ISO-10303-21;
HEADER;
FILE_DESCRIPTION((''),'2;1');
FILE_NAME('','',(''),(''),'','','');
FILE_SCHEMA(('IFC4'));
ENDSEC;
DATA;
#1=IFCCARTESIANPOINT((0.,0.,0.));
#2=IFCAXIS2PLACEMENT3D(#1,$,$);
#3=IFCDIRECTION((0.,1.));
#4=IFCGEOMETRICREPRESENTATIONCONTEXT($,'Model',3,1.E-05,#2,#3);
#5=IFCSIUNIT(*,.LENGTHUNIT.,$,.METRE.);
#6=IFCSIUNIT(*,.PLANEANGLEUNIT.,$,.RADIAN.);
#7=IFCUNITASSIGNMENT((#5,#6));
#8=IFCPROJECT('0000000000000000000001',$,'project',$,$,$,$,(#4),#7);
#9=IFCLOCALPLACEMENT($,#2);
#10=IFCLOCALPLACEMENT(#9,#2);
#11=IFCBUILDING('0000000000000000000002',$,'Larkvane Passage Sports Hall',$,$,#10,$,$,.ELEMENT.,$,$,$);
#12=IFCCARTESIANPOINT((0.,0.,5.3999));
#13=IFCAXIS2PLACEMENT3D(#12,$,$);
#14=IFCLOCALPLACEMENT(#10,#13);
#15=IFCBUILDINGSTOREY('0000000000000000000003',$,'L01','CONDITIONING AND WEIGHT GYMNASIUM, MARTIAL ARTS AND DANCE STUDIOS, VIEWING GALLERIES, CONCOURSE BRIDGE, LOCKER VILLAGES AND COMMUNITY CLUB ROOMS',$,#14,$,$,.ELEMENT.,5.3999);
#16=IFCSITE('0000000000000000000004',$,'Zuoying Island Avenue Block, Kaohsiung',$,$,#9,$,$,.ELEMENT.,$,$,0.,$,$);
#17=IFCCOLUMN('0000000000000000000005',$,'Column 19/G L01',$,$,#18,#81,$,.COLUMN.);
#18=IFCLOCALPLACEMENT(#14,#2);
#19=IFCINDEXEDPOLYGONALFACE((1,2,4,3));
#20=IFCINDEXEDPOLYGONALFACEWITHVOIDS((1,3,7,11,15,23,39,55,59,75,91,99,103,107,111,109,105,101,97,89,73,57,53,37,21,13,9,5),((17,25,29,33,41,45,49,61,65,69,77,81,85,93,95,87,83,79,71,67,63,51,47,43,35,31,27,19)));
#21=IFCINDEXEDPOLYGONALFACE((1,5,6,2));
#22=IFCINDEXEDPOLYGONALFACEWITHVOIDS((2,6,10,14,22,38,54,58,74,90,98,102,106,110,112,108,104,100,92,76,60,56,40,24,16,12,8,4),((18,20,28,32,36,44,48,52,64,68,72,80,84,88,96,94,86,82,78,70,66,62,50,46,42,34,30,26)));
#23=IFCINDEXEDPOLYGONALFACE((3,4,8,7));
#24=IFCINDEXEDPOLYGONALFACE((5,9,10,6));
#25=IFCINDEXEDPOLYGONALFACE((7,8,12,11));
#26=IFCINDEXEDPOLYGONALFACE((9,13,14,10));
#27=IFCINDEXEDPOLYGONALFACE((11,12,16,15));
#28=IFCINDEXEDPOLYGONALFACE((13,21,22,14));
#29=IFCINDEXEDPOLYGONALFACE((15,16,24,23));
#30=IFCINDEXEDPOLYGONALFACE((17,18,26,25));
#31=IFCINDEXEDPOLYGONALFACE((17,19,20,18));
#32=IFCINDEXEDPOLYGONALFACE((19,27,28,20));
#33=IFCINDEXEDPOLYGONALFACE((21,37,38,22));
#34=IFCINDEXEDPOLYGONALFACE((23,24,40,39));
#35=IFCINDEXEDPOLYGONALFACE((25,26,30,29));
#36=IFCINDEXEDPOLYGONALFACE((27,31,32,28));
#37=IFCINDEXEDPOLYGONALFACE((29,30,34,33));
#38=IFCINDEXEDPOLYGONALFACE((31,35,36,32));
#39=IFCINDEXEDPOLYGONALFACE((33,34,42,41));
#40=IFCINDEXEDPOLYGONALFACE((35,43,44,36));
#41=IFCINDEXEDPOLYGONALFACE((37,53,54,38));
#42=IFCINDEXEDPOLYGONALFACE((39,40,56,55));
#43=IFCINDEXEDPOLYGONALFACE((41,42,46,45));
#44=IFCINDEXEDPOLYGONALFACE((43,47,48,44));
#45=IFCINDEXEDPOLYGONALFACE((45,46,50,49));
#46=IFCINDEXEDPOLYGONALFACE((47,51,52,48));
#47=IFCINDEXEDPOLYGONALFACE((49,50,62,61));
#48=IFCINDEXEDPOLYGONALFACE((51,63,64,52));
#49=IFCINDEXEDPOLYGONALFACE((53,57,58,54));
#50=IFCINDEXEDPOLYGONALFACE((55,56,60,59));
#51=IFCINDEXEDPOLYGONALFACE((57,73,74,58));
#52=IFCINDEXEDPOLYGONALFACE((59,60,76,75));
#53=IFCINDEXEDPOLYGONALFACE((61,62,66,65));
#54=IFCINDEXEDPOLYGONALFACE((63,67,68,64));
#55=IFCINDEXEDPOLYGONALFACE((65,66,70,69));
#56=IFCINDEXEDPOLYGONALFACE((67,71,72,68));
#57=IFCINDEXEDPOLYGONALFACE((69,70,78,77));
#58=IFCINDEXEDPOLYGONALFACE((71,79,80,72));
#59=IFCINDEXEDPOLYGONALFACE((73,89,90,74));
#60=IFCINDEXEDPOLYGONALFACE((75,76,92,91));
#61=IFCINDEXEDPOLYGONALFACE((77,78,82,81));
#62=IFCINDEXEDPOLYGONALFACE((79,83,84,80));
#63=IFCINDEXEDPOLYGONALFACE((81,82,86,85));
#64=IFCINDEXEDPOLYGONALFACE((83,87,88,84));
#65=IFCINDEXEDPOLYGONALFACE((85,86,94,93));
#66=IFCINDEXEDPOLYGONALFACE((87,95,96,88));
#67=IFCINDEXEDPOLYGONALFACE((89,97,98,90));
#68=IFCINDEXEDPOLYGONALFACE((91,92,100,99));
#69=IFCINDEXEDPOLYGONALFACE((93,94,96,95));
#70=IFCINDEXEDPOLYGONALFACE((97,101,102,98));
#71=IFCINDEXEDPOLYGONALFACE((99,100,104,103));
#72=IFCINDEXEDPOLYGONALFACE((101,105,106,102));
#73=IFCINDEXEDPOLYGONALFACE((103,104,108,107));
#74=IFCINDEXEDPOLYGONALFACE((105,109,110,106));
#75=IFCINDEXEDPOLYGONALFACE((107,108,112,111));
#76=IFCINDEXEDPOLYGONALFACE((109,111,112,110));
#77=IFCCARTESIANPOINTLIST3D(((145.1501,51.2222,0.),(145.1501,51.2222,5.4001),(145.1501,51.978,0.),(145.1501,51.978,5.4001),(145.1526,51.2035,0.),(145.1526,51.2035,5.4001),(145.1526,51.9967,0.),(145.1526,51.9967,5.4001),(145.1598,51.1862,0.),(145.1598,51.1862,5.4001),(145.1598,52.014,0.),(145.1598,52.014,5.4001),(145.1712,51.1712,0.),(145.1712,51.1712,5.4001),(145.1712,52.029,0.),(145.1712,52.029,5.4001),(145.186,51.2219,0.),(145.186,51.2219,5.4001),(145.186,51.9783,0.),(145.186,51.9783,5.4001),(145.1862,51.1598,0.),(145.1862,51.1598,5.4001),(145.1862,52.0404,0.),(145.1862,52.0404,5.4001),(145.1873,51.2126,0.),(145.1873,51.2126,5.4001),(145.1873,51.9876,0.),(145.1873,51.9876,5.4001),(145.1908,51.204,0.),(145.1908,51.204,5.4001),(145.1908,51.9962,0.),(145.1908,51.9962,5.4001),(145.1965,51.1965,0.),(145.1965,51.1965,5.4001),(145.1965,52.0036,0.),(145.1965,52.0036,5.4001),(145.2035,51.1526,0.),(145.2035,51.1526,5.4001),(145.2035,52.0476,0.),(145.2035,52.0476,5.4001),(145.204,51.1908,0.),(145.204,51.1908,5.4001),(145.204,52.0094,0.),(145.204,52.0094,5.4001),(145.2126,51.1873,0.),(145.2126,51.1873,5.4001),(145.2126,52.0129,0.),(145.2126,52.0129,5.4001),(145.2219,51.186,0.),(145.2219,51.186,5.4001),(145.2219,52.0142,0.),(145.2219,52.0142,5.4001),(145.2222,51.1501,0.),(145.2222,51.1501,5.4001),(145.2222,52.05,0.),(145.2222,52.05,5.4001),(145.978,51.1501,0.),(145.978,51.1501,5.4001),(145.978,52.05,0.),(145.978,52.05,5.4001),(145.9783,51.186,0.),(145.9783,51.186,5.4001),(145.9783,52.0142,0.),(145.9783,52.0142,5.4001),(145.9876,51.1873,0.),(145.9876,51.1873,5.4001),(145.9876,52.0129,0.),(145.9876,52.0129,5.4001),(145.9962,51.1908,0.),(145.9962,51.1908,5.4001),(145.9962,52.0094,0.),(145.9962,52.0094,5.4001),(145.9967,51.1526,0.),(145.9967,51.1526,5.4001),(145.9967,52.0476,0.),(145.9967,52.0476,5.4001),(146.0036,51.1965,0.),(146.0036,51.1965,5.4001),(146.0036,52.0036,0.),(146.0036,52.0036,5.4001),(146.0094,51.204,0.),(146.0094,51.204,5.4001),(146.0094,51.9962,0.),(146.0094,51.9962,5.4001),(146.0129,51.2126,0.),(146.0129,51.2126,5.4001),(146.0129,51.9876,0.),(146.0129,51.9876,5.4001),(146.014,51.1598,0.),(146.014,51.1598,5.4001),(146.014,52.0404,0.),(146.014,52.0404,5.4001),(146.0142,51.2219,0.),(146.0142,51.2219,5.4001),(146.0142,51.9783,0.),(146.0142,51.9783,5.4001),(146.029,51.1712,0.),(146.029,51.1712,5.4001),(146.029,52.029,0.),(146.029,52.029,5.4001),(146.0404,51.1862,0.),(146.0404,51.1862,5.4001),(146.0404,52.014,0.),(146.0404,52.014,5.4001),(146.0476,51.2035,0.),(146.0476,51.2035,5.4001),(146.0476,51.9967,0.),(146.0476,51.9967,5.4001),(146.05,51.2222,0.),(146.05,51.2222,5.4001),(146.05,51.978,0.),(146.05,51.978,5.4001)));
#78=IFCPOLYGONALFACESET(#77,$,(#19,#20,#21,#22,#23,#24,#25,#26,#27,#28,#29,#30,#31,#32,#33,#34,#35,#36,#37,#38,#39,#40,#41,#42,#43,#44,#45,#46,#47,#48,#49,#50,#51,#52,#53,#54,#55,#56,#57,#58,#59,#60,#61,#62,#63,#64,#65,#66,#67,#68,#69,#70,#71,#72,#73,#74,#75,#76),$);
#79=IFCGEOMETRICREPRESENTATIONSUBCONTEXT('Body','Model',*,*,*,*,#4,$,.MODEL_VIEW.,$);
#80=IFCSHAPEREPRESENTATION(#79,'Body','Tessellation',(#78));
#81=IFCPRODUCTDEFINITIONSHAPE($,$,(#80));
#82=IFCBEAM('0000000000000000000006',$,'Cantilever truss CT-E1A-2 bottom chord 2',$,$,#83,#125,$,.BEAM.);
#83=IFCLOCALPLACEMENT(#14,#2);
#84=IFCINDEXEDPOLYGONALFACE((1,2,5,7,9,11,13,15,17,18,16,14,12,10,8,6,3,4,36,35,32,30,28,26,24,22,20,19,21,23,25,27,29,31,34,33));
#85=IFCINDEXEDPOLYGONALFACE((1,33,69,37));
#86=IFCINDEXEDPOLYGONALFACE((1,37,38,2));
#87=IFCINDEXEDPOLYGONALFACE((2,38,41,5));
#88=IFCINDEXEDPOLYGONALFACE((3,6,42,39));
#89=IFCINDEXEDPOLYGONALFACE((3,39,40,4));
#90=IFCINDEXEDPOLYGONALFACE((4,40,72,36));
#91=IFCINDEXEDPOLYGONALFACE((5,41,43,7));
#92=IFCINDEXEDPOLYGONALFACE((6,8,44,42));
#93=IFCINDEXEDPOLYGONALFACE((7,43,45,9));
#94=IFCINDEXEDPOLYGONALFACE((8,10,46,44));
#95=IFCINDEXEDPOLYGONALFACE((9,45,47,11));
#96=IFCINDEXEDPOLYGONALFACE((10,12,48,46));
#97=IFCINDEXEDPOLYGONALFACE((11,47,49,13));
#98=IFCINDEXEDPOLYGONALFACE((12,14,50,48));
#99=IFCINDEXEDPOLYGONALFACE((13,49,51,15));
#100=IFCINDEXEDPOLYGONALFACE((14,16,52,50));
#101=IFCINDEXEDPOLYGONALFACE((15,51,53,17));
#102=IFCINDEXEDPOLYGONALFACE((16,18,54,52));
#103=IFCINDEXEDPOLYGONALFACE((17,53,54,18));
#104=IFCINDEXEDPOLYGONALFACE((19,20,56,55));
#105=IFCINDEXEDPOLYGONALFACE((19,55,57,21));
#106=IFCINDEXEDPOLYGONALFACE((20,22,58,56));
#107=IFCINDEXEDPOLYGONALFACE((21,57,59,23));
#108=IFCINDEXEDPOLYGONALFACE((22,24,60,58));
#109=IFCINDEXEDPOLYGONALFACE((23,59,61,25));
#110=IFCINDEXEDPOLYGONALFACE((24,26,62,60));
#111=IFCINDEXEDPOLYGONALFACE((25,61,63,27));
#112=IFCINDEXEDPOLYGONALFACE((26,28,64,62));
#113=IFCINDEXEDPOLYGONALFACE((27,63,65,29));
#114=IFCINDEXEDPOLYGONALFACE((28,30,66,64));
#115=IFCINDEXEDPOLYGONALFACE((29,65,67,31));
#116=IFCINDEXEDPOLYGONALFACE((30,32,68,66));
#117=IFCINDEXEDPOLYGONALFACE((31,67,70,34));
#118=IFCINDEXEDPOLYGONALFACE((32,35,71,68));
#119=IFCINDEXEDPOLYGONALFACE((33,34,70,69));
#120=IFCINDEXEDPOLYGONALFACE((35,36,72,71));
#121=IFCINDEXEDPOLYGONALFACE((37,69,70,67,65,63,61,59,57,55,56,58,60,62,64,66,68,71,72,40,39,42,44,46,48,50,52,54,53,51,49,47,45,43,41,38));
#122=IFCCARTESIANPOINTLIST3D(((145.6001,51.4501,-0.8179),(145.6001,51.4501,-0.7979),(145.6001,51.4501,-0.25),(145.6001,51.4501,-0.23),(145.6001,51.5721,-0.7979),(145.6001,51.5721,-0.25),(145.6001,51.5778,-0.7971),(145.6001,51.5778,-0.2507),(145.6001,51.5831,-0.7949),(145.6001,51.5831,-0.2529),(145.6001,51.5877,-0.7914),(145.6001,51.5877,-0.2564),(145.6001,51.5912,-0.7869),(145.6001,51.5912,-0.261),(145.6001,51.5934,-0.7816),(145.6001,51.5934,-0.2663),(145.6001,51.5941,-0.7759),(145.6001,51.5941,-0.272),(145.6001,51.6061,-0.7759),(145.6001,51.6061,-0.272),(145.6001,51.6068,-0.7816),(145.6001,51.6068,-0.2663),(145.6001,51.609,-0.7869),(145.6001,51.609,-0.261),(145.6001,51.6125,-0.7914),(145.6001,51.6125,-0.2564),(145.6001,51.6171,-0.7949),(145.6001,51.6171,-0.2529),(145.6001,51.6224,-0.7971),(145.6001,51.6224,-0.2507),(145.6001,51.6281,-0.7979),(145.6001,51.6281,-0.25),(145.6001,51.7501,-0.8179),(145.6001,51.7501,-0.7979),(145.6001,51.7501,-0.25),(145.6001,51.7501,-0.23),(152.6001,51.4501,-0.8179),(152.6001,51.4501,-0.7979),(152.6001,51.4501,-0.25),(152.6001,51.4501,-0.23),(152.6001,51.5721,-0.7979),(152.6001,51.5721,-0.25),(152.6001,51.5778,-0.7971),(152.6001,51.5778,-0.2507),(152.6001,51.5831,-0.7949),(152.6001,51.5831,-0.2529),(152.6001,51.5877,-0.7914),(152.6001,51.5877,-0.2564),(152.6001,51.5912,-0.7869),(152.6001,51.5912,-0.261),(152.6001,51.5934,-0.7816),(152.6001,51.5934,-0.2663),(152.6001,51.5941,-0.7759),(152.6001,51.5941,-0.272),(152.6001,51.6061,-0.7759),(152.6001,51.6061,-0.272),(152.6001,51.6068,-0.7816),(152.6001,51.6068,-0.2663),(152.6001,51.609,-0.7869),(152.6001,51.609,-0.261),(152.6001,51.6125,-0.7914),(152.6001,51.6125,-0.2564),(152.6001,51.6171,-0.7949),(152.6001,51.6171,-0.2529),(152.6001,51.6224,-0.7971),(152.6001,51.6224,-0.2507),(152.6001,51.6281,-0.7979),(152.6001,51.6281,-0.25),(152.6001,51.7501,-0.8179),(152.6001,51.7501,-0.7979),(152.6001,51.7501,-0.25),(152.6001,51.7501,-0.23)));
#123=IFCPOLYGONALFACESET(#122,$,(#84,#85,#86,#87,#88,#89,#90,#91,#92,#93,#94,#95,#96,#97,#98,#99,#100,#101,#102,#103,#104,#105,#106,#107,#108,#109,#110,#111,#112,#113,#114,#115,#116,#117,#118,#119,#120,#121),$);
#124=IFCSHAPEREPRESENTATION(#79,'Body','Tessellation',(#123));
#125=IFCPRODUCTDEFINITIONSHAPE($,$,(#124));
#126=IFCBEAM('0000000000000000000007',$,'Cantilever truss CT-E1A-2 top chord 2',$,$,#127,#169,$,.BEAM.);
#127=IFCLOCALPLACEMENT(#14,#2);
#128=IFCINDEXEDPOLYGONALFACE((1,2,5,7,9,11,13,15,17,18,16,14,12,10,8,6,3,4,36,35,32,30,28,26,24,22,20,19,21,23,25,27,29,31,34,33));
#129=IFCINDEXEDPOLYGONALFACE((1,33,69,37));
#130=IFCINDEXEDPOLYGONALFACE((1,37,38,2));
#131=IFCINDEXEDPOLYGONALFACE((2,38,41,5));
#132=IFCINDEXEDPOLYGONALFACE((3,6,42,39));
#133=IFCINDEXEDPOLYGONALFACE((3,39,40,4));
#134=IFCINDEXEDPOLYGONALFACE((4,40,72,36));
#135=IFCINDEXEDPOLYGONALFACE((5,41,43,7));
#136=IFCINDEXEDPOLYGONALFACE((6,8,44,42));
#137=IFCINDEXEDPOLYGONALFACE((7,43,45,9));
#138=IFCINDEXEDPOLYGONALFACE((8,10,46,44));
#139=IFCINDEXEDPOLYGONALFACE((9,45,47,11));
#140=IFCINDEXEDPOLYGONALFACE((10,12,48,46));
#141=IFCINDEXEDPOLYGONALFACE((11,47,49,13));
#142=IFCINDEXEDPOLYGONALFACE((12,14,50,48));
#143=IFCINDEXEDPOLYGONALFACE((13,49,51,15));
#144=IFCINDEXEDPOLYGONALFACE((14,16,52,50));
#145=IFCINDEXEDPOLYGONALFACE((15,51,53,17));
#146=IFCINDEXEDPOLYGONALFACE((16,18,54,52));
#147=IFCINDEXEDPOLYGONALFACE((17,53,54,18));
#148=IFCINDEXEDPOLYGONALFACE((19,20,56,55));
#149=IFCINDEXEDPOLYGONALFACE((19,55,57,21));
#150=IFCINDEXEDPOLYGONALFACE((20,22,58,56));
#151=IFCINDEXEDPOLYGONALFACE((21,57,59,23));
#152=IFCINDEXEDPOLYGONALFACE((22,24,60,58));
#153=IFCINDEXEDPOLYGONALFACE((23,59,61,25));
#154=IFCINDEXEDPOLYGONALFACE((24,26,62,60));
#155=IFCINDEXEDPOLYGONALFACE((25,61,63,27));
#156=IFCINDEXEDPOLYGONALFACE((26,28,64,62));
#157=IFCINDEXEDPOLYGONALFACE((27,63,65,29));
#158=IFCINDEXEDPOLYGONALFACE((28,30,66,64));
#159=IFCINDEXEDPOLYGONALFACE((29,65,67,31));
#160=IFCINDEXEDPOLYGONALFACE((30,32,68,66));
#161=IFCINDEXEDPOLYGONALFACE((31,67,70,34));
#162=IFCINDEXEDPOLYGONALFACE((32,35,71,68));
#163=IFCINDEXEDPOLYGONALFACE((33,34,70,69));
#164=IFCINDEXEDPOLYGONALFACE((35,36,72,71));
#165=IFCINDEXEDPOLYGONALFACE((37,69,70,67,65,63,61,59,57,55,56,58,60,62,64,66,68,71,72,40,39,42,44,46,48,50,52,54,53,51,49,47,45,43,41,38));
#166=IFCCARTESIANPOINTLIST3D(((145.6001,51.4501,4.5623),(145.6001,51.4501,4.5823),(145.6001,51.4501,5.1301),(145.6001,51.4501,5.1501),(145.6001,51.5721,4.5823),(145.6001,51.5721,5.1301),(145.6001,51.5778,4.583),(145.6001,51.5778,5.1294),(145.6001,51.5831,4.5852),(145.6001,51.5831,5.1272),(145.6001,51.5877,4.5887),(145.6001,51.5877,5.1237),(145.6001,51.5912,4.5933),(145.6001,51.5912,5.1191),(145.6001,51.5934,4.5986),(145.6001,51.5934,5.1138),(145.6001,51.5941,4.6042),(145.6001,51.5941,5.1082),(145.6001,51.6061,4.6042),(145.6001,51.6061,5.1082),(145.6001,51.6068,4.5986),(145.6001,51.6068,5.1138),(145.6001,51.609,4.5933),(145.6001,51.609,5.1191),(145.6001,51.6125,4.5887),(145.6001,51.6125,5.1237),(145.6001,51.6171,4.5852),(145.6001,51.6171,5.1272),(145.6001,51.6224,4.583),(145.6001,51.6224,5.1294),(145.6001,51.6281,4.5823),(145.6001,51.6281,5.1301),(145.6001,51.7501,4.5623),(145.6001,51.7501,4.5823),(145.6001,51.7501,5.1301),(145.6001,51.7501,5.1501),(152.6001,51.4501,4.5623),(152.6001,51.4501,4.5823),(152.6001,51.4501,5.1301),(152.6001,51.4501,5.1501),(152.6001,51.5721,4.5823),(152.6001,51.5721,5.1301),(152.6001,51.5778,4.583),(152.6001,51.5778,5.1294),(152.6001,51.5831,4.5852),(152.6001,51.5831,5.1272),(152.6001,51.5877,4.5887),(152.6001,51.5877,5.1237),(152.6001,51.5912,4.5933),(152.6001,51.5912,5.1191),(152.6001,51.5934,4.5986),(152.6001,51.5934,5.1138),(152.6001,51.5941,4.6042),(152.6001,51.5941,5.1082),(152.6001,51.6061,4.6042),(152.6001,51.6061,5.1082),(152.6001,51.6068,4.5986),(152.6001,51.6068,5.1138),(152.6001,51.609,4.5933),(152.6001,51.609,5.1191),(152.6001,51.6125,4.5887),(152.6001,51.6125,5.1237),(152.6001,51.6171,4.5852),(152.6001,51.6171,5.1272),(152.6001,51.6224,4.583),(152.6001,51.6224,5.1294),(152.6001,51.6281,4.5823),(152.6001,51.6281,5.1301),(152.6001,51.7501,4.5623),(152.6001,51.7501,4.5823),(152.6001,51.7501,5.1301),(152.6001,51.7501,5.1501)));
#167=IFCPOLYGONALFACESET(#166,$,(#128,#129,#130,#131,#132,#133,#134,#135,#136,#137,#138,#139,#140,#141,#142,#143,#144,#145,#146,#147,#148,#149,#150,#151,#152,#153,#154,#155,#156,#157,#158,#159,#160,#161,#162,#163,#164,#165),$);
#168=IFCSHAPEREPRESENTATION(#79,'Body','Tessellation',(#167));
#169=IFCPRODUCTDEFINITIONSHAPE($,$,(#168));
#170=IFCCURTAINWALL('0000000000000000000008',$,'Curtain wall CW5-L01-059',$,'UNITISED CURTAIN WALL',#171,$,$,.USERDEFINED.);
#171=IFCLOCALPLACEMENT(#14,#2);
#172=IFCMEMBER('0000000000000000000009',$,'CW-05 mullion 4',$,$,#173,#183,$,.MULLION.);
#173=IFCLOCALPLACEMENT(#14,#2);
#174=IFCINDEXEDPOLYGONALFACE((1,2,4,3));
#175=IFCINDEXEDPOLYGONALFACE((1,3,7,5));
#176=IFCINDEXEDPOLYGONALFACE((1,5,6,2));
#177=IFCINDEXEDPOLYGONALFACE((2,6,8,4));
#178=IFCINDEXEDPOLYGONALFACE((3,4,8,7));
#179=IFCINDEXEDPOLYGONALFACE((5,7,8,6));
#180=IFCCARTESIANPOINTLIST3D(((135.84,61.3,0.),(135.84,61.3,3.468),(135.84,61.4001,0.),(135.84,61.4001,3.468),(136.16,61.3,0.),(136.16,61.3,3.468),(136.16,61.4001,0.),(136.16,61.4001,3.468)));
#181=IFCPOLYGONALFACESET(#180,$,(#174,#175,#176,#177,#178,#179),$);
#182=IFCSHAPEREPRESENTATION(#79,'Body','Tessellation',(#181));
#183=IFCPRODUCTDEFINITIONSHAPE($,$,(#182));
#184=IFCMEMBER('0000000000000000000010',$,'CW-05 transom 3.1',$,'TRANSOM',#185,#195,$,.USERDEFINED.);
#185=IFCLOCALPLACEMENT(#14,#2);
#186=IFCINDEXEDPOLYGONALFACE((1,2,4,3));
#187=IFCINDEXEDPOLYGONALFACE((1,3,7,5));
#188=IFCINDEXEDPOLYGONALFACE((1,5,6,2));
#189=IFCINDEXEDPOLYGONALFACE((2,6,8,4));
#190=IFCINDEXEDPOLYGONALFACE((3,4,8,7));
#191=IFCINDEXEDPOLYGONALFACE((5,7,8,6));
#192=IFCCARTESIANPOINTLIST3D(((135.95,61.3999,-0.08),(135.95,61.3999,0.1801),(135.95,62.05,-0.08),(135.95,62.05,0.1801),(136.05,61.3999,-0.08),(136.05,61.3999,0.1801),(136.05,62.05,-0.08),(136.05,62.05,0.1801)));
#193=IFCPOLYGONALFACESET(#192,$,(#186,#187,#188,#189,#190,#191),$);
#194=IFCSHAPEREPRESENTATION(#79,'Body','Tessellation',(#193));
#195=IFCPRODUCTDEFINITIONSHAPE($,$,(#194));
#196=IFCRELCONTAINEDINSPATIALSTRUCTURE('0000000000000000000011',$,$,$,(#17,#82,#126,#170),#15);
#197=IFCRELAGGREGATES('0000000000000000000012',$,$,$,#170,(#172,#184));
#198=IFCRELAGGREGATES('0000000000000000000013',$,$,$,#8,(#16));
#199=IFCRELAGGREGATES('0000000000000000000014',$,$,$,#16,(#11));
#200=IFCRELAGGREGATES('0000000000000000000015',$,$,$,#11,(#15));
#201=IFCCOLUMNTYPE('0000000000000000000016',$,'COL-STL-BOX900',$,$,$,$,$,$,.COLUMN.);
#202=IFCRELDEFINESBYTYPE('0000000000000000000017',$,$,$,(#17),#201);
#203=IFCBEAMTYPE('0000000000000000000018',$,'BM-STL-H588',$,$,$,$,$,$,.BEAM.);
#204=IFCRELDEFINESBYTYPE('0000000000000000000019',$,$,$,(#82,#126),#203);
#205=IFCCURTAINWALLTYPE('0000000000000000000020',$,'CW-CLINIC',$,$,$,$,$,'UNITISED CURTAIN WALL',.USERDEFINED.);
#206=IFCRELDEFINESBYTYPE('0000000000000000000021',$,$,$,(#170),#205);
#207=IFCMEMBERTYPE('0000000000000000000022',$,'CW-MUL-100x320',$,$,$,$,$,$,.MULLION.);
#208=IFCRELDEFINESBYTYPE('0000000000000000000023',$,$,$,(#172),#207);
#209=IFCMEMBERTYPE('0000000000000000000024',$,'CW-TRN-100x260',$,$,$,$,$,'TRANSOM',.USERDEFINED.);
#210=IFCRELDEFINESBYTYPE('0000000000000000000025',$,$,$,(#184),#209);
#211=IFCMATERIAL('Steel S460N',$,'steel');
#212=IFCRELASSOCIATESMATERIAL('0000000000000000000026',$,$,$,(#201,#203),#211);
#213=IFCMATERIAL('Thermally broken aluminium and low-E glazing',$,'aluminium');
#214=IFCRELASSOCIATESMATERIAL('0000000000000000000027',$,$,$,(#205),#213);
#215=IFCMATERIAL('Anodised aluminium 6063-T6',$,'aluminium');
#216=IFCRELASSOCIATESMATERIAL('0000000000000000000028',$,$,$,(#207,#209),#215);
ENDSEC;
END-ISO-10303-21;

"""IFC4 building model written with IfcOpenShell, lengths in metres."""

from ifc_helpers import new_model, si_unit, direction, frame, origin, origin_2d, place, context, subcontext, project, spatial, rectangle, hollow_rectangle, i_section, extrude, material, material_profile, profile_set, type_object, element, aggregate, save


model = new_model("IFC4")

# Units and contexts
model_context = context("Model", 3, precision=1e-05, world=origin(), true_north=direction((0.0, 1.0)))
body_context = subcontext(model_context, "Body", "Model", "MODEL_VIEW")
ifc_project = project(units=[si_unit("LENGTHUNIT", "METRE"), si_unit("PLANEANGLEUNIT", "RADIAN")], contexts=[model_context])

# Site, building, storey
site_placement = place(None, origin())
site = spatial("IfcSite", under=ifc_project, at=site_placement, Name="Zuoying Island Avenue Block, Kaohsiung", CompositionType="ELEMENT", RefElevation=0.0)
building_placement = place(site_placement, origin())
building = spatial("IfcBuilding", under=site, at=building_placement, Name="Larkvane Passage Sports Hall", CompositionType="ELEMENT")
storey_placement = place(building_placement, frame((0.0, 0.0, 5.3999)))
storey = spatial("IfcBuildingStorey", under=building, at=storey_placement, Name="L01", Description="CONDITIONING AND WEIGHT GYMNASIUM, MARTIAL ARTS AND DANCE STUDIOS, VIEWING GALLERIES, CONCOURSE BRIDGE, LOCKER VILLAGES AND COMMUNITY CLUB ROOMS", CompositionType="ELEMENT", Elevation=5.3999)

# Column
ifc_material_1 = material(Name="Steel S460N", Category="steel")
ifc_material_profile_1 = material_profile(ifc_material_1, hollow_rectangle(XDim=0.8999, YDim=0.8999, WallThickness=0.0359, InnerFilletRadius=0.0359, OuterFilletRadius=0.072, at=origin_2d()), Name="BOX-900x900x36")
ifc_profile_set_1 = profile_set([ifc_material_profile_1], Name="Steel S460N")
column_type = type_object("IfcColumnType", Name="COL-STL-BOX900", PredefinedType="COLUMN", material=ifc_profile_set_1)
column_placement = place(storey_placement, frame((145.6001, 51.6001, 0.0), z_axis=(0.0, 0.0, 1.0), x_axis=(1.0, 0.0, 0.0)))
element("IfcColumn", 1, at=column_placement, inside=storey, type_object=column_type, Name="Column 19/G L01", PredefinedType="COLUMN", context=body_context, shape_type="SweptSolid", body=[
    extrude(hollow_rectangle(XDim=0.8999, YDim=0.8999, WallThickness=0.0359, InnerFilletRadius=0.0359, OuterFilletRadius=0.072, at=origin_2d()), origin(), (0.0, 0.0, 1.0), 5.4001),
])

# Beams
ifc_material_profile_2 = material_profile(ifc_material_1, i_section(OverallWidth=0.3, OverallDepth=0.5879, WebThickness=0.012, FlangeThickness=0.02, FilletRadius=0.022, at=origin_2d()), Name="H-588x300x12x20")
ifc_profile_set_2 = profile_set([ifc_material_profile_2], Name="Steel S460N")
beam_type = type_object("IfcBeamType", Name="BM-STL-H588", PredefinedType="BEAM", material=ifc_profile_set_2)
for number, where, z_axis, x_axis, name in (
    (2, (145.6001, 51.6001, -0.5239), (1.0, 0.0, 0.0), (0.0, 1.0, 0.0), "Cantilever truss CT-E1A-2 bottom chord 2"),
    (3, (145.6001, 51.6001, 4.8562), (1.0, 0.0, 0.0), (0.0, 1.0, 0.0), "Cantilever truss CT-E1A-2 top chord 2"),
):
    element("IfcBeam", number, at=place(storey_placement, frame(where, z_axis=z_axis, x_axis=x_axis)), inside=storey, type_object=beam_type, Name=name, PredefinedType="BEAM", context=body_context, shape_type="SweptSolid", body=[
        extrude(i_section(OverallWidth=0.3, OverallDepth=0.5879, WebThickness=0.012, FlangeThickness=0.02, FilletRadius=0.022, at=origin_2d()), origin(), (0.0, 0.0, 1.0), 7.0),
    ])

# Curtain wall, members
ifc_material_2 = material(Name="Thermally broken aluminium and low-E glazing", Category="aluminium")
curtain_wall_type = type_object("IfcCurtainWallType", Name="CW-CLINIC", ElementType="UNITISED CURTAIN WALL", PredefinedType="USERDEFINED", material=ifc_material_2)
curtain_wall_placement = place(storey_placement, origin())
curtain_wall = element("IfcCurtainWall", 4, at=curtain_wall_placement, inside=storey, type_object=curtain_wall_type, Name="Curtain wall CW5-L01-059", ObjectType="UNITISED CURTAIN WALL", PredefinedType="USERDEFINED")
ifc_material_3 = material(Name="Anodised aluminium 6063-T6", Category="aluminium")
ifc_material_profile_3 = material_profile(ifc_material_3, rectangle(XDim=0.1001, YDim=0.3201, at=origin_2d()), Name="ALU-MUL-100x320")
ifc_profile_set_3 = profile_set([ifc_material_profile_3], Name="Anodised aluminium 6063-T6")
member_type_1 = type_object("IfcMemberType", Name="CW-MUL-100x320", PredefinedType="MULLION", material=ifc_profile_set_3)
member_1_placement = place(storey_placement, frame((136.0, 61.3501, 0.0), z_axis=(0.0, 0.0, 1.0), x_axis=(0.0, -1.0, 0.0)))
member_1 = element("IfcMember", 5, at=member_1_placement, type_object=member_type_1, Name="CW-05 mullion 4", PredefinedType="MULLION", context=body_context, shape_type="SweptSolid", body=[
    extrude(rectangle(XDim=0.1001, YDim=0.3201, at=origin_2d()), origin(), (0.0, 0.0, 1.0), 3.468),
])
ifc_material_profile_4 = material_profile(ifc_material_3, rectangle(XDim=0.1001, YDim=0.26, at=origin_2d()), Name="ALU-TRN-100x260")
ifc_profile_set_4 = profile_set([ifc_material_profile_4], Name="Anodised aluminium 6063-T6")
member_type_2 = type_object("IfcMemberType", Name="CW-TRN-100x260", ElementType="TRANSOM", PredefinedType="USERDEFINED", material=ifc_profile_set_4)
member_2_placement = place(storey_placement, frame((136.0, 62.05, 0.05), z_axis=(0.0, -1.0, 0.0), x_axis=(1.0, 0.0, 0.0)))
member_2 = element("IfcMember", 6, at=member_2_placement, type_object=member_type_2, Name="CW-05 transom 3.1", ObjectType="TRANSOM", PredefinedType="USERDEFINED", context=body_context, shape_type="SweptSolid", body=[
    extrude(rectangle(XDim=0.1001, YDim=0.26, at=origin_2d()), origin(), (0.0, 0.0, 1.0), 0.6501),
])

aggregate(curtain_wall, [member_1, member_2])

save(model, "model.ifc")
